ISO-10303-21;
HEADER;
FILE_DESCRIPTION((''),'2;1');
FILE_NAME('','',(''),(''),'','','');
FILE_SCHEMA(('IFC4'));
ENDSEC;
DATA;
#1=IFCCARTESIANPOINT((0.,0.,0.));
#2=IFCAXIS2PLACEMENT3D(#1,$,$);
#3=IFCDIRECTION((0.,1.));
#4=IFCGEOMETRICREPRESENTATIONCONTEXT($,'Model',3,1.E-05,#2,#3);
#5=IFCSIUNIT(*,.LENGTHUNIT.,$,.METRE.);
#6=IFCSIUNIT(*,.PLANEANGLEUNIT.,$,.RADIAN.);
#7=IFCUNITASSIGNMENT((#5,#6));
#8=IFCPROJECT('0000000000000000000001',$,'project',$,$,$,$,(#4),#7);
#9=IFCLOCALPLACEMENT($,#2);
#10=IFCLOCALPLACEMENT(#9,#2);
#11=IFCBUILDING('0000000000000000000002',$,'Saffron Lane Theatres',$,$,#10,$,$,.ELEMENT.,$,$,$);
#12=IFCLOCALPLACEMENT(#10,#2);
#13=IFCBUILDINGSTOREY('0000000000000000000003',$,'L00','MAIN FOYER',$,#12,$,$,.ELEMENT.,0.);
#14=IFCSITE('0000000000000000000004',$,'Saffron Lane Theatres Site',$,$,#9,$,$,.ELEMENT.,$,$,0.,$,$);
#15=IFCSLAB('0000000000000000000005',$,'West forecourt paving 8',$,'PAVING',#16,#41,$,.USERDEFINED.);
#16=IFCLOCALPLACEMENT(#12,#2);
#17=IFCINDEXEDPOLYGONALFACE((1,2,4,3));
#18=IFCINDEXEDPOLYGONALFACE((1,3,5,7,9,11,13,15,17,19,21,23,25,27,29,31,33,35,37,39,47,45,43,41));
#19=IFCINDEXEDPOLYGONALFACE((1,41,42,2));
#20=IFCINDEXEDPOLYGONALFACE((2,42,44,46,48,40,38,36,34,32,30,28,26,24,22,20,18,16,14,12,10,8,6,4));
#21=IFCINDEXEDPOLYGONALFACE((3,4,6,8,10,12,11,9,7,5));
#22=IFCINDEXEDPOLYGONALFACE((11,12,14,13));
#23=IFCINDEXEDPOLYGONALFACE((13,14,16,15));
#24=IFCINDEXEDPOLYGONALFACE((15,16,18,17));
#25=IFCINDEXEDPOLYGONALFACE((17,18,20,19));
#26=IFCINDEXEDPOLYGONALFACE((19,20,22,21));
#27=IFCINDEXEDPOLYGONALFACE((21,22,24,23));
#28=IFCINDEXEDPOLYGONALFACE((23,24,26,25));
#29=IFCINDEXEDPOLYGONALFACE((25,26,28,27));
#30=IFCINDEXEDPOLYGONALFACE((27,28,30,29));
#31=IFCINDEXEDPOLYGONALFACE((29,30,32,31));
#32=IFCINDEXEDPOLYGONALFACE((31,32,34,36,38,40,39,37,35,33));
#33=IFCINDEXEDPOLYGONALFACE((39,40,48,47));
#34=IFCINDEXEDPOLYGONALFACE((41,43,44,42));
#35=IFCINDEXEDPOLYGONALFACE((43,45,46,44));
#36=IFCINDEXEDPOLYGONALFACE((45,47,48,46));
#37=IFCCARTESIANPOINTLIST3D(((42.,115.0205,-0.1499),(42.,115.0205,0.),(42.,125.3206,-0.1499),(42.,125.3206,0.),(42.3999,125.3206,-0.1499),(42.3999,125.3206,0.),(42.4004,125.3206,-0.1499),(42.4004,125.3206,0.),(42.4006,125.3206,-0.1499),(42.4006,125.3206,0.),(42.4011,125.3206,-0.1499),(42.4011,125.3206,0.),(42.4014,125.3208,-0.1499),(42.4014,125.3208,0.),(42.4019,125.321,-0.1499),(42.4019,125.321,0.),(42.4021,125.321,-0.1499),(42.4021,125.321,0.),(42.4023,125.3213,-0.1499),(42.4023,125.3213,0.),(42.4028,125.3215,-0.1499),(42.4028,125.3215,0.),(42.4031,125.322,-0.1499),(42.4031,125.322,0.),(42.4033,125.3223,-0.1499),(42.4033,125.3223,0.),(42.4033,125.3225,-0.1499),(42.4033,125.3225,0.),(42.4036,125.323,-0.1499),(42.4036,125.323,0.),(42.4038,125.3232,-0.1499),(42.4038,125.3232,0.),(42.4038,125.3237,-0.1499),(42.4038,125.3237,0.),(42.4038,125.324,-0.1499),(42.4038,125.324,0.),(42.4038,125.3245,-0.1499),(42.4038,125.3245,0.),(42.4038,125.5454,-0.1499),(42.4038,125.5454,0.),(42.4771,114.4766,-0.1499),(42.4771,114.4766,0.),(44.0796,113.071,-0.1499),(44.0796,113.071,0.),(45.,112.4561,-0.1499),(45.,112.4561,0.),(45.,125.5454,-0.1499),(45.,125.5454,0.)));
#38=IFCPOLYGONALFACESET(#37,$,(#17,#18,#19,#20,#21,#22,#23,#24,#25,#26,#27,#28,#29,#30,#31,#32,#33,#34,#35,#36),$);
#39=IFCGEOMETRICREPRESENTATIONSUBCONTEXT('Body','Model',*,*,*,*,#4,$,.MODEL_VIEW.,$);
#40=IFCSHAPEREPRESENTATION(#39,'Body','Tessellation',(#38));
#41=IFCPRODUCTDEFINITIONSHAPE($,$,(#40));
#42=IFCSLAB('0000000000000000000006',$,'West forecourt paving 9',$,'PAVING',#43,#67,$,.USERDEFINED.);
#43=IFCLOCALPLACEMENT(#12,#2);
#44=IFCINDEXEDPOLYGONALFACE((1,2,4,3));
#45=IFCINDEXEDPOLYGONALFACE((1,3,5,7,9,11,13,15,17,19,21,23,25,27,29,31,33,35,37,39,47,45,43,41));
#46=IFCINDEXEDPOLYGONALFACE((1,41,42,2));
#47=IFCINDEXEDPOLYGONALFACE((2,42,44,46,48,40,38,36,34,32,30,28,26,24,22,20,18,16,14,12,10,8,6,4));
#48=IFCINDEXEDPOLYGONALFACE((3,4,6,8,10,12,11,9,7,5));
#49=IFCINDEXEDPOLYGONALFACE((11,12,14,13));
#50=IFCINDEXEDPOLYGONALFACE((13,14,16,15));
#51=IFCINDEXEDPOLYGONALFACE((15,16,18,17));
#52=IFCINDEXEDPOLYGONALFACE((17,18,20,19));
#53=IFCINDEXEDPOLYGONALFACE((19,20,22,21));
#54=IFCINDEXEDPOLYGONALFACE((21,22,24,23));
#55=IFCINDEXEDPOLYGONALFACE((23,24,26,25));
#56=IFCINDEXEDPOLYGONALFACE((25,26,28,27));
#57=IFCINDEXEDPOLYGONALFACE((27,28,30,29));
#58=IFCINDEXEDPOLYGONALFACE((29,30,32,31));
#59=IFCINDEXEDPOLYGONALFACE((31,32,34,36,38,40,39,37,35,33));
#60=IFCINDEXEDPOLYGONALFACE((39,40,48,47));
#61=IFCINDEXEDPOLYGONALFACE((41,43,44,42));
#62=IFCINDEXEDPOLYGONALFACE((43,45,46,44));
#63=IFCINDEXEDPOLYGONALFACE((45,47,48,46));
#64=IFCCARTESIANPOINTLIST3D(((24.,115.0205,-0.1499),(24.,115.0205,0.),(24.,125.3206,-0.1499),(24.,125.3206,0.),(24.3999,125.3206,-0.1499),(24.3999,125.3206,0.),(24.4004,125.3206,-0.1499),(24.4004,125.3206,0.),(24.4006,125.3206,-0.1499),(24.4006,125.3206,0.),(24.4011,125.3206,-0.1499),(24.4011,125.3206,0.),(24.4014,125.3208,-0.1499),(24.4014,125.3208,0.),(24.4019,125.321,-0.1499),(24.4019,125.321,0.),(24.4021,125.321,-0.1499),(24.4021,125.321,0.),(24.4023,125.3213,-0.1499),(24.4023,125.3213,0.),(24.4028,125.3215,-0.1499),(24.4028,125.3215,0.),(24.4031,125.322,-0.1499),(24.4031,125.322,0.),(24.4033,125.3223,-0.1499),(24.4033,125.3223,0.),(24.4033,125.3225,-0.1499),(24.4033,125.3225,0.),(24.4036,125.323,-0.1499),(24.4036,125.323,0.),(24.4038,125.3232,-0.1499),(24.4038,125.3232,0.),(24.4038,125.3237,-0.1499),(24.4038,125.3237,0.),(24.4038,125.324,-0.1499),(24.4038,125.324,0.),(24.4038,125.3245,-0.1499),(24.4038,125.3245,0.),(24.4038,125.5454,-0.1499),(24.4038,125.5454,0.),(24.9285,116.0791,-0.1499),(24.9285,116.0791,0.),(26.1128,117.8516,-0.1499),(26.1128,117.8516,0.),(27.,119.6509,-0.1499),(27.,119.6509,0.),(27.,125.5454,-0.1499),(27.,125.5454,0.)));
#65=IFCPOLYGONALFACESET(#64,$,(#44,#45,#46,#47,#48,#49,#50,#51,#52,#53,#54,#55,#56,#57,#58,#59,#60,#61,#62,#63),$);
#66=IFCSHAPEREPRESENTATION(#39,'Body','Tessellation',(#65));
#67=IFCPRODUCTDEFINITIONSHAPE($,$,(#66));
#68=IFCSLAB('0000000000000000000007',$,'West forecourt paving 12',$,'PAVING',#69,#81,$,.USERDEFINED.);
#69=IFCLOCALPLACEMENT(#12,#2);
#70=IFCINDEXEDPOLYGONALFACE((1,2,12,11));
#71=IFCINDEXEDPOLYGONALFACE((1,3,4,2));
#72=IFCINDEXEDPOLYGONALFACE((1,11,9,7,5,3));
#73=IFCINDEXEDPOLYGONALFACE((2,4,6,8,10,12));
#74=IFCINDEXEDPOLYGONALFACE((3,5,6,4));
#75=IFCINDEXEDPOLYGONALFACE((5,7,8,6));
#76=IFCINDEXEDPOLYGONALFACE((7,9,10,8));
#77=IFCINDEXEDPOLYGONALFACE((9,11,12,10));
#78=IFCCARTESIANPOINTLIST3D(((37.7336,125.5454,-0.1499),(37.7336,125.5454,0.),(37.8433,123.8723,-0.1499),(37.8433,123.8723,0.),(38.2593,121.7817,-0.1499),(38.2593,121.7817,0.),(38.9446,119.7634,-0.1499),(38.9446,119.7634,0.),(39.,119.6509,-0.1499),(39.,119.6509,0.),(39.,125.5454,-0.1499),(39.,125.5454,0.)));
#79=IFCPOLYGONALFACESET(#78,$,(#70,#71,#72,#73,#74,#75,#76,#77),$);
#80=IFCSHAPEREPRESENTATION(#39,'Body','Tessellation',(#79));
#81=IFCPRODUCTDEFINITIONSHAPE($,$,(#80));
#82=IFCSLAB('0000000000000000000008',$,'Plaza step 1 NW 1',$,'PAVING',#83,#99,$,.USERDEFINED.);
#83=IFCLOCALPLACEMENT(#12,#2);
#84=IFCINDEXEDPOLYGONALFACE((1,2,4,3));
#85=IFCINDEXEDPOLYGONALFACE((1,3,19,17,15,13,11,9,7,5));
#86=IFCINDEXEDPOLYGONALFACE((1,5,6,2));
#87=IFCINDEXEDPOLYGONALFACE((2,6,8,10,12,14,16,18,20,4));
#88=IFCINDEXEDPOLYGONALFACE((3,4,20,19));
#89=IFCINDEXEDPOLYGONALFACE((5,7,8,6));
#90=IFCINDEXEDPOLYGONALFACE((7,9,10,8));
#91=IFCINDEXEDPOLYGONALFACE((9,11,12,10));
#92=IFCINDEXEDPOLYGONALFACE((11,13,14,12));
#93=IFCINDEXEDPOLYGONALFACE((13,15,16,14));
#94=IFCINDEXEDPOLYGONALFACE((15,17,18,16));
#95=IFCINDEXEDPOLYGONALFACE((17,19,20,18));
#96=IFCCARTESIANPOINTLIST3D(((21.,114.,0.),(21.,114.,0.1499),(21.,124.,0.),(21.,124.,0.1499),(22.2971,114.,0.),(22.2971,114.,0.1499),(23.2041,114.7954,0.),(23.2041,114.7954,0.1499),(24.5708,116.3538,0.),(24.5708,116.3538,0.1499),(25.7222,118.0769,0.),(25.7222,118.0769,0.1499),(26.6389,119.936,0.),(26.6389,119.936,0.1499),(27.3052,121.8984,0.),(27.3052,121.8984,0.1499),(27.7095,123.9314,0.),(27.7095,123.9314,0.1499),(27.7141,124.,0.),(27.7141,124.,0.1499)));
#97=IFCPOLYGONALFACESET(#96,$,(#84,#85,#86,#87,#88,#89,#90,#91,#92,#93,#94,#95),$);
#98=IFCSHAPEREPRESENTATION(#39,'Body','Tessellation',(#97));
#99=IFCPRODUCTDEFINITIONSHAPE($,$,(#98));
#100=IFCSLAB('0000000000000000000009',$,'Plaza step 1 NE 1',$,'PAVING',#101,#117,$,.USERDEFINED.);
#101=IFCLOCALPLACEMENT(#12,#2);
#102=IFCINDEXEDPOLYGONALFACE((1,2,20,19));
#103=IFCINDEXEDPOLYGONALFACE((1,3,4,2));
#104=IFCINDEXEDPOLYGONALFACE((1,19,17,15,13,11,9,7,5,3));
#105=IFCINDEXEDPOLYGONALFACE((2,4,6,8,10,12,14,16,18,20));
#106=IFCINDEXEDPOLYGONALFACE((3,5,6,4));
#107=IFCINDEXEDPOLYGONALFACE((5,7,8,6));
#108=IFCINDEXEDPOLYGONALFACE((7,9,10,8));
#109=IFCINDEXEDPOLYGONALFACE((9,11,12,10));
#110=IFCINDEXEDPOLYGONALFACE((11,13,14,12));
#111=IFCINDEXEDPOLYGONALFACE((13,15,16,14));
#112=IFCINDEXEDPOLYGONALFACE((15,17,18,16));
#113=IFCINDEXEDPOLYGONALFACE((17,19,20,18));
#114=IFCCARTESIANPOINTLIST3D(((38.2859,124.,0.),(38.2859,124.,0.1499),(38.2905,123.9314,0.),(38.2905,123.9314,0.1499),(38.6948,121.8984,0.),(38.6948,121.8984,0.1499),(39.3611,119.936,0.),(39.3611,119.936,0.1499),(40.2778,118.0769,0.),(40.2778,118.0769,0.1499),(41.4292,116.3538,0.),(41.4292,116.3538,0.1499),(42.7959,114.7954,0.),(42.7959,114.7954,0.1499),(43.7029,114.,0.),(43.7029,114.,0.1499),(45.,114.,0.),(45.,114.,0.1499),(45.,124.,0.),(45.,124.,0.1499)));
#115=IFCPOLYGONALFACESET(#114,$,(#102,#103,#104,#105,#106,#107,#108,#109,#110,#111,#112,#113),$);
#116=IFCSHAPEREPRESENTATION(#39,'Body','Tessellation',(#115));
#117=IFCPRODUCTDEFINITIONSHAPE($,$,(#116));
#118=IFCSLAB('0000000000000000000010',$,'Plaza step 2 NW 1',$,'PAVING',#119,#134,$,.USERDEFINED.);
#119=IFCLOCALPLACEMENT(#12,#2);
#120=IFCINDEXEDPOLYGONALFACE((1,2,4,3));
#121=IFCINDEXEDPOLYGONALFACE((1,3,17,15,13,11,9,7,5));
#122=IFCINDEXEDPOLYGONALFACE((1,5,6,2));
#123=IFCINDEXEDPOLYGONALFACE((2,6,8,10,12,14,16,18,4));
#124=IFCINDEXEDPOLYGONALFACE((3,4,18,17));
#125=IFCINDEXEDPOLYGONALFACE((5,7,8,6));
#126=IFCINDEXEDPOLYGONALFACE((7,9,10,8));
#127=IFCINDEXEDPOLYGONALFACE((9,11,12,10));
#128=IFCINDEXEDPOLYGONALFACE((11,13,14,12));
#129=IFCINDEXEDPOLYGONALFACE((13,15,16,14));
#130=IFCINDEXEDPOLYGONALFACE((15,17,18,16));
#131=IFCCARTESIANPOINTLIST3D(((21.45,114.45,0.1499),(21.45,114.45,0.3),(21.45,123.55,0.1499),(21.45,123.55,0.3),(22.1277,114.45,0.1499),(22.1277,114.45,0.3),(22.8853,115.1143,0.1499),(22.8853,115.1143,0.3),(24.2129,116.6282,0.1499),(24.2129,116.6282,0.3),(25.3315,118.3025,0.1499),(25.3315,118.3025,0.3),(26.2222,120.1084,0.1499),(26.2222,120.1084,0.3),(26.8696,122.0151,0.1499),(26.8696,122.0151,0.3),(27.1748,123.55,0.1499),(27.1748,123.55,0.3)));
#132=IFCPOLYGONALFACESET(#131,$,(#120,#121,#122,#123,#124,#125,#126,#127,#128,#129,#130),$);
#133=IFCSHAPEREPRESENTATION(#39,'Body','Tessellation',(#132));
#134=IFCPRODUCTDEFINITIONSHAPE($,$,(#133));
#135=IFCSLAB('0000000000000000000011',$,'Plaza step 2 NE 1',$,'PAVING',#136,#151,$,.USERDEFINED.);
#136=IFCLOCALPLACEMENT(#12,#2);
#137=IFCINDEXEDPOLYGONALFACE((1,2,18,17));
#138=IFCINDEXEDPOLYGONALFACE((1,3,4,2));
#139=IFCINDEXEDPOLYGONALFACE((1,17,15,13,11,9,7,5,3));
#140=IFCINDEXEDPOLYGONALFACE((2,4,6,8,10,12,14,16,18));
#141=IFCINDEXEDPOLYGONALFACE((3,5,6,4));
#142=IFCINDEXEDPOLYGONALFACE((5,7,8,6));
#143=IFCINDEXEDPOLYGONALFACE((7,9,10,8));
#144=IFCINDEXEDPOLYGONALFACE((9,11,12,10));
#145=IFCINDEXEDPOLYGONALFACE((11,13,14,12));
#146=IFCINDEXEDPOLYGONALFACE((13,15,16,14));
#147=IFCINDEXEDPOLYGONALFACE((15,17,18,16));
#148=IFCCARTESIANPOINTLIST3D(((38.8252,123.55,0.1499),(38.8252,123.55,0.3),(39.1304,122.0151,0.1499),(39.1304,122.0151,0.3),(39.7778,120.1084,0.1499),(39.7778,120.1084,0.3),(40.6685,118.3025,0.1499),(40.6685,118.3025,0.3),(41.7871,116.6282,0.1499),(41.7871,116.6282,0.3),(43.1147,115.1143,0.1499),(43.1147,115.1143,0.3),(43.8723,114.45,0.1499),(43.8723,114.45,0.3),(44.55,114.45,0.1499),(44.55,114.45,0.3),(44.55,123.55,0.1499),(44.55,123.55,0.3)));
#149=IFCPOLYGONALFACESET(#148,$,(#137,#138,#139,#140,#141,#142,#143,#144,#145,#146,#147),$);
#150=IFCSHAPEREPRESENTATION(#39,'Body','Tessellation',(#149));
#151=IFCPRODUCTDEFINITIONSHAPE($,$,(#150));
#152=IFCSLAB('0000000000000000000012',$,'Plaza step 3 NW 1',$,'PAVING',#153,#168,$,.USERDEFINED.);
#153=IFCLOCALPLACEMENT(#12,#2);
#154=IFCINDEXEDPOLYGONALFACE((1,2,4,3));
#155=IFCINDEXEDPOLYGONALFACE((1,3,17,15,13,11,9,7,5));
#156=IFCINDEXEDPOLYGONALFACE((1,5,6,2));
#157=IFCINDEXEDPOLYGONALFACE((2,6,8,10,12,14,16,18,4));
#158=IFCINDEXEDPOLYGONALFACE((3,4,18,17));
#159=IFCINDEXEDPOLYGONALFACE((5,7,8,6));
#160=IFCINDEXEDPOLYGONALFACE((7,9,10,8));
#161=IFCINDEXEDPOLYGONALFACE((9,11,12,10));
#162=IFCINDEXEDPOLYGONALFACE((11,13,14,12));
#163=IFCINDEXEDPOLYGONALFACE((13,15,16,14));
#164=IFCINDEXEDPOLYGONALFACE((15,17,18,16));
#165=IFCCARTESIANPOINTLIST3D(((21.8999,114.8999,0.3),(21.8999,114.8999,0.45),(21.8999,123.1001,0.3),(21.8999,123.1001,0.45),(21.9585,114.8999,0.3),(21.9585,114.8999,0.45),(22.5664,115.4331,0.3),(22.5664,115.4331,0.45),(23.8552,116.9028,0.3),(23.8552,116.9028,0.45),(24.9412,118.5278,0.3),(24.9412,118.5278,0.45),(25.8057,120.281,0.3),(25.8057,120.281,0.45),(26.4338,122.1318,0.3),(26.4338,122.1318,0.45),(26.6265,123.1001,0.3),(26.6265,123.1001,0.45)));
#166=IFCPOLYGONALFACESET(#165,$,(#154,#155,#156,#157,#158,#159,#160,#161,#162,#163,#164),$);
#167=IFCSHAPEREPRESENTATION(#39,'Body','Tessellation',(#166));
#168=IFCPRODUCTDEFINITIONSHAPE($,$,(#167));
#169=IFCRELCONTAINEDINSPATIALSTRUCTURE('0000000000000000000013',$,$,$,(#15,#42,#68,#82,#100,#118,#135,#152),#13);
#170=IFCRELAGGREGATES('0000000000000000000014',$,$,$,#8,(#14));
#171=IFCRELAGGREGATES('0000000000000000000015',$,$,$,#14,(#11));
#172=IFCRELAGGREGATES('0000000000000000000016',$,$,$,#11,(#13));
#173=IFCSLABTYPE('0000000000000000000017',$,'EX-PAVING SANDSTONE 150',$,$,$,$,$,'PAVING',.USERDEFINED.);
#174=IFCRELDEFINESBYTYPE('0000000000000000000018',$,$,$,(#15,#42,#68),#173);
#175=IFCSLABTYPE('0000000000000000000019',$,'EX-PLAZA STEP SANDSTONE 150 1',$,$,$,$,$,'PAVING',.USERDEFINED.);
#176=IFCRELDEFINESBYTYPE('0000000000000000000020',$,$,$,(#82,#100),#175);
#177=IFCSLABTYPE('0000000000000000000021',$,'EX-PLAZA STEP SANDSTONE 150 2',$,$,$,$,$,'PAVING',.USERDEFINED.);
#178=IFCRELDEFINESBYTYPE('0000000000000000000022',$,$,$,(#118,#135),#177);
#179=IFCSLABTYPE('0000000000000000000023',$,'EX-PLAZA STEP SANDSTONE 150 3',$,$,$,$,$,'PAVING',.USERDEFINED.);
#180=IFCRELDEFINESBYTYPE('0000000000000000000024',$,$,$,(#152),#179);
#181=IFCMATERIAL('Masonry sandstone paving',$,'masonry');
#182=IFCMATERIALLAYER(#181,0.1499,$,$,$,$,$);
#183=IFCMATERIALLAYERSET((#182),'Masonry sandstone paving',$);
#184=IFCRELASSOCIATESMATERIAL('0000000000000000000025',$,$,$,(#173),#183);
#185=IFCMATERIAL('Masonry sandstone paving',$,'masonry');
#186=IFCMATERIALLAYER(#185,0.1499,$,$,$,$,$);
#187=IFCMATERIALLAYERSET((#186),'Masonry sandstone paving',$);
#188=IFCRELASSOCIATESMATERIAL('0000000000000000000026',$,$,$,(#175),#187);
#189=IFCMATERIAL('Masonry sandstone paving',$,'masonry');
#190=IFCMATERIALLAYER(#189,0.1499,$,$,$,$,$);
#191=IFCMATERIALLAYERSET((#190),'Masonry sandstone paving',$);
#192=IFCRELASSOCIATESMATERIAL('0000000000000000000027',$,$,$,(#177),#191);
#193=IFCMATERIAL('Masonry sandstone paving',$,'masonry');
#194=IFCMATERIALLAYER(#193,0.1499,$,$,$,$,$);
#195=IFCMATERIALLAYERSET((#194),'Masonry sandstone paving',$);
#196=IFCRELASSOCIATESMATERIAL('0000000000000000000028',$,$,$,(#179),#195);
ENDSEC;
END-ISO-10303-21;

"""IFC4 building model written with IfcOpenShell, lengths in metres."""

from ifc_helpers import new_model, si_unit, direction, frame, origin, place, context, subcontext, project, spatial, polyline, outline, extrude, material, layer, layer_set, type_object, element, save


model = new_model("IFC4")

# Units and contexts
model_context = context("Model", 3, precision=1e-05, world=origin(), true_north=direction((0.0, 1.0)))
body_context = subcontext(model_context, "Body", "Model", "MODEL_VIEW")
ifc_project = project(units=[si_unit("LENGTHUNIT", "METRE"), si_unit("PLANEANGLEUNIT", "RADIAN")], contexts=[model_context])

# Site, building, storey
site_placement = place(None, origin())
site = spatial("IfcSite", under=ifc_project, at=site_placement, Name="Saffron Lane Theatres Site", CompositionType="ELEMENT", RefElevation=0.0)
building_placement = place(site_placement, origin())
building = spatial("IfcBuilding", under=site, at=building_placement, Name="Saffron Lane Theatres", CompositionType="ELEMENT")
storey_placement = place(building_placement, origin())
storey = spatial("IfcBuildingStorey", under=building, at=storey_placement, Name="L00", Description="MAIN FOYER", CompositionType="ELEMENT", Elevation=0.0)

# Slabs
ifc_material_1 = material(Name="Masonry sandstone paving", Category="masonry")
ifc_layer_1 = layer(ifc_material_1, 0.1499)
ifc_layer_set_1 = layer_set([ifc_layer_1], Name="Masonry sandstone paving")
slab_type_1 = type_object("IfcSlabType", Name="EX-PAVING SANDSTONE 150", ElementType="PAVING", PredefinedType="USERDEFINED", material=ifc_layer_set_1)
slab_1_placement = place(storey_placement, frame((0.0, 0.0, -0.1499)))
element("IfcSlab", 1, at=slab_1_placement, inside=storey, type_object=slab_type_1, Name="West forecourt paving 8", ObjectType="PAVING", PredefinedType="USERDEFINED", context=body_context, shape_type="SweptSolid", body=[
    extrude(outline(polyline([(44.0796, 113.071), (45.0, 112.4561), (45.0, 125.5454), (42.4038, 125.5454), (42.4038, 125.3245), (42.4038, 125.324), (42.4038, 125.3237), (42.4038, 125.3232), (42.4036, 125.323), (42.4033, 125.3225), (42.4033, 125.3223), (42.4031, 125.322), (42.4028, 125.3215), (42.4023, 125.3213), (42.4021, 125.321), (42.4019, 125.321), (42.4014, 125.3208), (42.4011, 125.3206), (42.4006, 125.3206), (42.4004, 125.3206), (42.3999, 125.3206), (42.0, 125.3206), (42.0, 115.0205), (42.4771, 114.4766), (44.0796, 113.071)])), origin(), (0.0, 0.0, 1.0), 0.1499),
])
slab_2_placement = place(storey_placement, frame((0.0, 0.0, -0.1499)))
element("IfcSlab", 2, at=slab_2_placement, inside=storey, type_object=slab_type_1, Name="West forecourt paving 9", ObjectType="PAVING", PredefinedType="USERDEFINED", context=body_context, shape_type="SweptSolid", body=[
    extrude(outline(polyline([(24.3999, 125.3206), (24.0, 125.3206), (24.0, 115.0205), (24.9285, 116.0791), (26.1128, 117.8516), (27.0, 119.6509), (27.0, 125.5454), (24.4038, 125.5454), (24.4038, 125.3245), (24.4038, 125.324), (24.4038, 125.3237), (24.4038, 125.3232), (24.4036, 125.323), (24.4033, 125.3225), (24.4033, 125.3223), (24.4031, 125.322), (24.4028, 125.3215), (24.4023, 125.3213), (24.4021, 125.321), (24.4019, 125.321), (24.4014, 125.3208), (24.4011, 125.3206), (24.4006, 125.3206), (24.4004, 125.3206), (24.3999, 125.3206)])), origin(), (0.0, 0.0, 1.0), 0.1499),
])
slab_3_placement = place(storey_placement, frame((0.0, 0.0, -0.1499)))
element("IfcSlab", 3, at=slab_3_placement, inside=storey, type_object=slab_type_1, Name="West forecourt paving 12", ObjectType="PAVING", PredefinedType="USERDEFINED", context=body_context, shape_type="SweptSolid", body=[
    extrude(outline(polyline([(38.9446, 119.7634), (39.0, 119.6509), (39.0, 125.5454), (37.7336, 125.5454), (37.8433, 123.8723), (38.2593, 121.7817), (38.9446, 119.7634)])), origin(), (0.0, 0.0, 1.0), 0.1499),
])
ifc_material_2 = material(Name="Masonry sandstone paving", Category="masonry")
ifc_layer_2 = layer(ifc_material_2, 0.1499)
ifc_layer_set_2 = layer_set([ifc_layer_2], Name="Masonry sandstone paving")
slab_type_2 = type_object("IfcSlabType", Name="EX-PLAZA STEP SANDSTONE 150 1", ElementType="PAVING", PredefinedType="USERDEFINED", material=ifc_layer_set_2)
slab_4_placement = place(storey_placement, origin())
element("IfcSlab", 4, at=slab_4_placement, inside=storey, type_object=slab_type_2, Name="Plaza step 1 NW 1", ObjectType="PAVING", PredefinedType="USERDEFINED", context=body_context, shape_type="SweptSolid", body=[
    extrude(outline(polyline([(21.0, 124.0), (21.0, 114.0), (22.2971, 114.0), (23.2041, 114.7954), (24.5708, 116.3538), (25.7222, 118.0769), (26.6389, 119.936), (27.3052, 121.8984), (27.7095, 123.9314), (27.7141, 124.0), (21.0, 124.0)])), origin(), (0.0, 0.0, 1.0), 0.1499),
])
slab_5_placement = place(storey_placement, origin())
element("IfcSlab", 5, at=slab_5_placement, inside=storey, type_object=slab_type_2, Name="Plaza step 1 NE 1", ObjectType="PAVING", PredefinedType="USERDEFINED", context=body_context, shape_type="SweptSolid", body=[
    extrude(outline(polyline([(45.0, 114.0), (45.0, 124.0), (38.2859, 124.0), (38.2905, 123.9314), (38.6948, 121.8984), (39.3611, 119.936), (40.2778, 118.0769), (41.4292, 116.3538), (42.7959, 114.7954), (43.7029, 114.0), (45.0, 114.0)])), origin(), (0.0, 0.0, 1.0), 0.1499),
])
ifc_material_3 = material(Name="Masonry sandstone paving", Category="masonry")
ifc_layer_3 = layer(ifc_material_3, 0.1499)
ifc_layer_set_3 = layer_set([ifc_layer_3], Name="Masonry sandstone paving")
slab_type_3 = type_object("IfcSlabType", Name="EX-PLAZA STEP SANDSTONE 150 2", ElementType="PAVING", PredefinedType="USERDEFINED", material=ifc_layer_set_3)
slab_6_placement = place(storey_placement, frame((0.0, 0.0, 0.1499)))
element("IfcSlab", 6, at=slab_6_placement, inside=storey, type_object=slab_type_3, Name="Plaza step 2 NW 1", ObjectType="PAVING", PredefinedType="USERDEFINED", context=body_context, shape_type="SweptSolid", body=[
    extrude(outline(polyline([(21.45, 123.55), (21.45, 114.45), (22.1277, 114.45), (22.8853, 115.1143), (24.2129, 116.6282), (25.3315, 118.3025), (26.2222, 120.1084), (26.8696, 122.0151), (27.1748, 123.55), (21.45, 123.55)])), origin(), (0.0, 0.0, 1.0), 0.1501),
])
slab_7_placement = place(storey_placement, frame((0.0, 0.0, 0.1499)))
element("IfcSlab", 7, at=slab_7_placement, inside=storey, type_object=slab_type_3, Name="Plaza step 2 NE 1", ObjectType="PAVING", PredefinedType="USERDEFINED", context=body_context, shape_type="SweptSolid", body=[
    extrude(outline(polyline([(38.8252, 123.55), (39.1304, 122.0151), (39.7778, 120.1084), (40.6685, 118.3025), (41.7871, 116.6282), (43.1147, 115.1143), (43.8723, 114.45), (44.55, 114.45), (44.55, 123.55), (38.8252, 123.55)])), origin(), (0.0, 0.0, 1.0), 0.1501),
])
ifc_material_4 = material(Name="Masonry sandstone paving", Category="masonry")
ifc_layer_4 = layer(ifc_material_4, 0.1499)
ifc_layer_set_4 = layer_set([ifc_layer_4], Name="Masonry sandstone paving")
slab_type_4 = type_object("IfcSlabType", Name="EX-PLAZA STEP SANDSTONE 150 3", ElementType="PAVING", PredefinedType="USERDEFINED", material=ifc_layer_set_4)
slab_8_placement = place(storey_placement, frame((0.0, 0.0, 0.3)))
element("IfcSlab", 8, at=slab_8_placement, inside=storey, type_object=slab_type_4, Name="Plaza step 3 NW 1", ObjectType="PAVING", PredefinedType="USERDEFINED", context=body_context, shape_type="SweptSolid", body=[
    extrude(outline(polyline([(21.8999, 123.1001), (21.8999, 114.8999), (21.9585, 114.8999), (22.5664, 115.4331), (23.8552, 116.9028), (24.9412, 118.5278), (25.8057, 120.281), (26.4338, 122.1318), (26.6265, 123.1001), (21.8999, 123.1001)])), origin(), (0.0, 0.0, 1.0), 0.1499),
])

save(model, "model.ifc")
